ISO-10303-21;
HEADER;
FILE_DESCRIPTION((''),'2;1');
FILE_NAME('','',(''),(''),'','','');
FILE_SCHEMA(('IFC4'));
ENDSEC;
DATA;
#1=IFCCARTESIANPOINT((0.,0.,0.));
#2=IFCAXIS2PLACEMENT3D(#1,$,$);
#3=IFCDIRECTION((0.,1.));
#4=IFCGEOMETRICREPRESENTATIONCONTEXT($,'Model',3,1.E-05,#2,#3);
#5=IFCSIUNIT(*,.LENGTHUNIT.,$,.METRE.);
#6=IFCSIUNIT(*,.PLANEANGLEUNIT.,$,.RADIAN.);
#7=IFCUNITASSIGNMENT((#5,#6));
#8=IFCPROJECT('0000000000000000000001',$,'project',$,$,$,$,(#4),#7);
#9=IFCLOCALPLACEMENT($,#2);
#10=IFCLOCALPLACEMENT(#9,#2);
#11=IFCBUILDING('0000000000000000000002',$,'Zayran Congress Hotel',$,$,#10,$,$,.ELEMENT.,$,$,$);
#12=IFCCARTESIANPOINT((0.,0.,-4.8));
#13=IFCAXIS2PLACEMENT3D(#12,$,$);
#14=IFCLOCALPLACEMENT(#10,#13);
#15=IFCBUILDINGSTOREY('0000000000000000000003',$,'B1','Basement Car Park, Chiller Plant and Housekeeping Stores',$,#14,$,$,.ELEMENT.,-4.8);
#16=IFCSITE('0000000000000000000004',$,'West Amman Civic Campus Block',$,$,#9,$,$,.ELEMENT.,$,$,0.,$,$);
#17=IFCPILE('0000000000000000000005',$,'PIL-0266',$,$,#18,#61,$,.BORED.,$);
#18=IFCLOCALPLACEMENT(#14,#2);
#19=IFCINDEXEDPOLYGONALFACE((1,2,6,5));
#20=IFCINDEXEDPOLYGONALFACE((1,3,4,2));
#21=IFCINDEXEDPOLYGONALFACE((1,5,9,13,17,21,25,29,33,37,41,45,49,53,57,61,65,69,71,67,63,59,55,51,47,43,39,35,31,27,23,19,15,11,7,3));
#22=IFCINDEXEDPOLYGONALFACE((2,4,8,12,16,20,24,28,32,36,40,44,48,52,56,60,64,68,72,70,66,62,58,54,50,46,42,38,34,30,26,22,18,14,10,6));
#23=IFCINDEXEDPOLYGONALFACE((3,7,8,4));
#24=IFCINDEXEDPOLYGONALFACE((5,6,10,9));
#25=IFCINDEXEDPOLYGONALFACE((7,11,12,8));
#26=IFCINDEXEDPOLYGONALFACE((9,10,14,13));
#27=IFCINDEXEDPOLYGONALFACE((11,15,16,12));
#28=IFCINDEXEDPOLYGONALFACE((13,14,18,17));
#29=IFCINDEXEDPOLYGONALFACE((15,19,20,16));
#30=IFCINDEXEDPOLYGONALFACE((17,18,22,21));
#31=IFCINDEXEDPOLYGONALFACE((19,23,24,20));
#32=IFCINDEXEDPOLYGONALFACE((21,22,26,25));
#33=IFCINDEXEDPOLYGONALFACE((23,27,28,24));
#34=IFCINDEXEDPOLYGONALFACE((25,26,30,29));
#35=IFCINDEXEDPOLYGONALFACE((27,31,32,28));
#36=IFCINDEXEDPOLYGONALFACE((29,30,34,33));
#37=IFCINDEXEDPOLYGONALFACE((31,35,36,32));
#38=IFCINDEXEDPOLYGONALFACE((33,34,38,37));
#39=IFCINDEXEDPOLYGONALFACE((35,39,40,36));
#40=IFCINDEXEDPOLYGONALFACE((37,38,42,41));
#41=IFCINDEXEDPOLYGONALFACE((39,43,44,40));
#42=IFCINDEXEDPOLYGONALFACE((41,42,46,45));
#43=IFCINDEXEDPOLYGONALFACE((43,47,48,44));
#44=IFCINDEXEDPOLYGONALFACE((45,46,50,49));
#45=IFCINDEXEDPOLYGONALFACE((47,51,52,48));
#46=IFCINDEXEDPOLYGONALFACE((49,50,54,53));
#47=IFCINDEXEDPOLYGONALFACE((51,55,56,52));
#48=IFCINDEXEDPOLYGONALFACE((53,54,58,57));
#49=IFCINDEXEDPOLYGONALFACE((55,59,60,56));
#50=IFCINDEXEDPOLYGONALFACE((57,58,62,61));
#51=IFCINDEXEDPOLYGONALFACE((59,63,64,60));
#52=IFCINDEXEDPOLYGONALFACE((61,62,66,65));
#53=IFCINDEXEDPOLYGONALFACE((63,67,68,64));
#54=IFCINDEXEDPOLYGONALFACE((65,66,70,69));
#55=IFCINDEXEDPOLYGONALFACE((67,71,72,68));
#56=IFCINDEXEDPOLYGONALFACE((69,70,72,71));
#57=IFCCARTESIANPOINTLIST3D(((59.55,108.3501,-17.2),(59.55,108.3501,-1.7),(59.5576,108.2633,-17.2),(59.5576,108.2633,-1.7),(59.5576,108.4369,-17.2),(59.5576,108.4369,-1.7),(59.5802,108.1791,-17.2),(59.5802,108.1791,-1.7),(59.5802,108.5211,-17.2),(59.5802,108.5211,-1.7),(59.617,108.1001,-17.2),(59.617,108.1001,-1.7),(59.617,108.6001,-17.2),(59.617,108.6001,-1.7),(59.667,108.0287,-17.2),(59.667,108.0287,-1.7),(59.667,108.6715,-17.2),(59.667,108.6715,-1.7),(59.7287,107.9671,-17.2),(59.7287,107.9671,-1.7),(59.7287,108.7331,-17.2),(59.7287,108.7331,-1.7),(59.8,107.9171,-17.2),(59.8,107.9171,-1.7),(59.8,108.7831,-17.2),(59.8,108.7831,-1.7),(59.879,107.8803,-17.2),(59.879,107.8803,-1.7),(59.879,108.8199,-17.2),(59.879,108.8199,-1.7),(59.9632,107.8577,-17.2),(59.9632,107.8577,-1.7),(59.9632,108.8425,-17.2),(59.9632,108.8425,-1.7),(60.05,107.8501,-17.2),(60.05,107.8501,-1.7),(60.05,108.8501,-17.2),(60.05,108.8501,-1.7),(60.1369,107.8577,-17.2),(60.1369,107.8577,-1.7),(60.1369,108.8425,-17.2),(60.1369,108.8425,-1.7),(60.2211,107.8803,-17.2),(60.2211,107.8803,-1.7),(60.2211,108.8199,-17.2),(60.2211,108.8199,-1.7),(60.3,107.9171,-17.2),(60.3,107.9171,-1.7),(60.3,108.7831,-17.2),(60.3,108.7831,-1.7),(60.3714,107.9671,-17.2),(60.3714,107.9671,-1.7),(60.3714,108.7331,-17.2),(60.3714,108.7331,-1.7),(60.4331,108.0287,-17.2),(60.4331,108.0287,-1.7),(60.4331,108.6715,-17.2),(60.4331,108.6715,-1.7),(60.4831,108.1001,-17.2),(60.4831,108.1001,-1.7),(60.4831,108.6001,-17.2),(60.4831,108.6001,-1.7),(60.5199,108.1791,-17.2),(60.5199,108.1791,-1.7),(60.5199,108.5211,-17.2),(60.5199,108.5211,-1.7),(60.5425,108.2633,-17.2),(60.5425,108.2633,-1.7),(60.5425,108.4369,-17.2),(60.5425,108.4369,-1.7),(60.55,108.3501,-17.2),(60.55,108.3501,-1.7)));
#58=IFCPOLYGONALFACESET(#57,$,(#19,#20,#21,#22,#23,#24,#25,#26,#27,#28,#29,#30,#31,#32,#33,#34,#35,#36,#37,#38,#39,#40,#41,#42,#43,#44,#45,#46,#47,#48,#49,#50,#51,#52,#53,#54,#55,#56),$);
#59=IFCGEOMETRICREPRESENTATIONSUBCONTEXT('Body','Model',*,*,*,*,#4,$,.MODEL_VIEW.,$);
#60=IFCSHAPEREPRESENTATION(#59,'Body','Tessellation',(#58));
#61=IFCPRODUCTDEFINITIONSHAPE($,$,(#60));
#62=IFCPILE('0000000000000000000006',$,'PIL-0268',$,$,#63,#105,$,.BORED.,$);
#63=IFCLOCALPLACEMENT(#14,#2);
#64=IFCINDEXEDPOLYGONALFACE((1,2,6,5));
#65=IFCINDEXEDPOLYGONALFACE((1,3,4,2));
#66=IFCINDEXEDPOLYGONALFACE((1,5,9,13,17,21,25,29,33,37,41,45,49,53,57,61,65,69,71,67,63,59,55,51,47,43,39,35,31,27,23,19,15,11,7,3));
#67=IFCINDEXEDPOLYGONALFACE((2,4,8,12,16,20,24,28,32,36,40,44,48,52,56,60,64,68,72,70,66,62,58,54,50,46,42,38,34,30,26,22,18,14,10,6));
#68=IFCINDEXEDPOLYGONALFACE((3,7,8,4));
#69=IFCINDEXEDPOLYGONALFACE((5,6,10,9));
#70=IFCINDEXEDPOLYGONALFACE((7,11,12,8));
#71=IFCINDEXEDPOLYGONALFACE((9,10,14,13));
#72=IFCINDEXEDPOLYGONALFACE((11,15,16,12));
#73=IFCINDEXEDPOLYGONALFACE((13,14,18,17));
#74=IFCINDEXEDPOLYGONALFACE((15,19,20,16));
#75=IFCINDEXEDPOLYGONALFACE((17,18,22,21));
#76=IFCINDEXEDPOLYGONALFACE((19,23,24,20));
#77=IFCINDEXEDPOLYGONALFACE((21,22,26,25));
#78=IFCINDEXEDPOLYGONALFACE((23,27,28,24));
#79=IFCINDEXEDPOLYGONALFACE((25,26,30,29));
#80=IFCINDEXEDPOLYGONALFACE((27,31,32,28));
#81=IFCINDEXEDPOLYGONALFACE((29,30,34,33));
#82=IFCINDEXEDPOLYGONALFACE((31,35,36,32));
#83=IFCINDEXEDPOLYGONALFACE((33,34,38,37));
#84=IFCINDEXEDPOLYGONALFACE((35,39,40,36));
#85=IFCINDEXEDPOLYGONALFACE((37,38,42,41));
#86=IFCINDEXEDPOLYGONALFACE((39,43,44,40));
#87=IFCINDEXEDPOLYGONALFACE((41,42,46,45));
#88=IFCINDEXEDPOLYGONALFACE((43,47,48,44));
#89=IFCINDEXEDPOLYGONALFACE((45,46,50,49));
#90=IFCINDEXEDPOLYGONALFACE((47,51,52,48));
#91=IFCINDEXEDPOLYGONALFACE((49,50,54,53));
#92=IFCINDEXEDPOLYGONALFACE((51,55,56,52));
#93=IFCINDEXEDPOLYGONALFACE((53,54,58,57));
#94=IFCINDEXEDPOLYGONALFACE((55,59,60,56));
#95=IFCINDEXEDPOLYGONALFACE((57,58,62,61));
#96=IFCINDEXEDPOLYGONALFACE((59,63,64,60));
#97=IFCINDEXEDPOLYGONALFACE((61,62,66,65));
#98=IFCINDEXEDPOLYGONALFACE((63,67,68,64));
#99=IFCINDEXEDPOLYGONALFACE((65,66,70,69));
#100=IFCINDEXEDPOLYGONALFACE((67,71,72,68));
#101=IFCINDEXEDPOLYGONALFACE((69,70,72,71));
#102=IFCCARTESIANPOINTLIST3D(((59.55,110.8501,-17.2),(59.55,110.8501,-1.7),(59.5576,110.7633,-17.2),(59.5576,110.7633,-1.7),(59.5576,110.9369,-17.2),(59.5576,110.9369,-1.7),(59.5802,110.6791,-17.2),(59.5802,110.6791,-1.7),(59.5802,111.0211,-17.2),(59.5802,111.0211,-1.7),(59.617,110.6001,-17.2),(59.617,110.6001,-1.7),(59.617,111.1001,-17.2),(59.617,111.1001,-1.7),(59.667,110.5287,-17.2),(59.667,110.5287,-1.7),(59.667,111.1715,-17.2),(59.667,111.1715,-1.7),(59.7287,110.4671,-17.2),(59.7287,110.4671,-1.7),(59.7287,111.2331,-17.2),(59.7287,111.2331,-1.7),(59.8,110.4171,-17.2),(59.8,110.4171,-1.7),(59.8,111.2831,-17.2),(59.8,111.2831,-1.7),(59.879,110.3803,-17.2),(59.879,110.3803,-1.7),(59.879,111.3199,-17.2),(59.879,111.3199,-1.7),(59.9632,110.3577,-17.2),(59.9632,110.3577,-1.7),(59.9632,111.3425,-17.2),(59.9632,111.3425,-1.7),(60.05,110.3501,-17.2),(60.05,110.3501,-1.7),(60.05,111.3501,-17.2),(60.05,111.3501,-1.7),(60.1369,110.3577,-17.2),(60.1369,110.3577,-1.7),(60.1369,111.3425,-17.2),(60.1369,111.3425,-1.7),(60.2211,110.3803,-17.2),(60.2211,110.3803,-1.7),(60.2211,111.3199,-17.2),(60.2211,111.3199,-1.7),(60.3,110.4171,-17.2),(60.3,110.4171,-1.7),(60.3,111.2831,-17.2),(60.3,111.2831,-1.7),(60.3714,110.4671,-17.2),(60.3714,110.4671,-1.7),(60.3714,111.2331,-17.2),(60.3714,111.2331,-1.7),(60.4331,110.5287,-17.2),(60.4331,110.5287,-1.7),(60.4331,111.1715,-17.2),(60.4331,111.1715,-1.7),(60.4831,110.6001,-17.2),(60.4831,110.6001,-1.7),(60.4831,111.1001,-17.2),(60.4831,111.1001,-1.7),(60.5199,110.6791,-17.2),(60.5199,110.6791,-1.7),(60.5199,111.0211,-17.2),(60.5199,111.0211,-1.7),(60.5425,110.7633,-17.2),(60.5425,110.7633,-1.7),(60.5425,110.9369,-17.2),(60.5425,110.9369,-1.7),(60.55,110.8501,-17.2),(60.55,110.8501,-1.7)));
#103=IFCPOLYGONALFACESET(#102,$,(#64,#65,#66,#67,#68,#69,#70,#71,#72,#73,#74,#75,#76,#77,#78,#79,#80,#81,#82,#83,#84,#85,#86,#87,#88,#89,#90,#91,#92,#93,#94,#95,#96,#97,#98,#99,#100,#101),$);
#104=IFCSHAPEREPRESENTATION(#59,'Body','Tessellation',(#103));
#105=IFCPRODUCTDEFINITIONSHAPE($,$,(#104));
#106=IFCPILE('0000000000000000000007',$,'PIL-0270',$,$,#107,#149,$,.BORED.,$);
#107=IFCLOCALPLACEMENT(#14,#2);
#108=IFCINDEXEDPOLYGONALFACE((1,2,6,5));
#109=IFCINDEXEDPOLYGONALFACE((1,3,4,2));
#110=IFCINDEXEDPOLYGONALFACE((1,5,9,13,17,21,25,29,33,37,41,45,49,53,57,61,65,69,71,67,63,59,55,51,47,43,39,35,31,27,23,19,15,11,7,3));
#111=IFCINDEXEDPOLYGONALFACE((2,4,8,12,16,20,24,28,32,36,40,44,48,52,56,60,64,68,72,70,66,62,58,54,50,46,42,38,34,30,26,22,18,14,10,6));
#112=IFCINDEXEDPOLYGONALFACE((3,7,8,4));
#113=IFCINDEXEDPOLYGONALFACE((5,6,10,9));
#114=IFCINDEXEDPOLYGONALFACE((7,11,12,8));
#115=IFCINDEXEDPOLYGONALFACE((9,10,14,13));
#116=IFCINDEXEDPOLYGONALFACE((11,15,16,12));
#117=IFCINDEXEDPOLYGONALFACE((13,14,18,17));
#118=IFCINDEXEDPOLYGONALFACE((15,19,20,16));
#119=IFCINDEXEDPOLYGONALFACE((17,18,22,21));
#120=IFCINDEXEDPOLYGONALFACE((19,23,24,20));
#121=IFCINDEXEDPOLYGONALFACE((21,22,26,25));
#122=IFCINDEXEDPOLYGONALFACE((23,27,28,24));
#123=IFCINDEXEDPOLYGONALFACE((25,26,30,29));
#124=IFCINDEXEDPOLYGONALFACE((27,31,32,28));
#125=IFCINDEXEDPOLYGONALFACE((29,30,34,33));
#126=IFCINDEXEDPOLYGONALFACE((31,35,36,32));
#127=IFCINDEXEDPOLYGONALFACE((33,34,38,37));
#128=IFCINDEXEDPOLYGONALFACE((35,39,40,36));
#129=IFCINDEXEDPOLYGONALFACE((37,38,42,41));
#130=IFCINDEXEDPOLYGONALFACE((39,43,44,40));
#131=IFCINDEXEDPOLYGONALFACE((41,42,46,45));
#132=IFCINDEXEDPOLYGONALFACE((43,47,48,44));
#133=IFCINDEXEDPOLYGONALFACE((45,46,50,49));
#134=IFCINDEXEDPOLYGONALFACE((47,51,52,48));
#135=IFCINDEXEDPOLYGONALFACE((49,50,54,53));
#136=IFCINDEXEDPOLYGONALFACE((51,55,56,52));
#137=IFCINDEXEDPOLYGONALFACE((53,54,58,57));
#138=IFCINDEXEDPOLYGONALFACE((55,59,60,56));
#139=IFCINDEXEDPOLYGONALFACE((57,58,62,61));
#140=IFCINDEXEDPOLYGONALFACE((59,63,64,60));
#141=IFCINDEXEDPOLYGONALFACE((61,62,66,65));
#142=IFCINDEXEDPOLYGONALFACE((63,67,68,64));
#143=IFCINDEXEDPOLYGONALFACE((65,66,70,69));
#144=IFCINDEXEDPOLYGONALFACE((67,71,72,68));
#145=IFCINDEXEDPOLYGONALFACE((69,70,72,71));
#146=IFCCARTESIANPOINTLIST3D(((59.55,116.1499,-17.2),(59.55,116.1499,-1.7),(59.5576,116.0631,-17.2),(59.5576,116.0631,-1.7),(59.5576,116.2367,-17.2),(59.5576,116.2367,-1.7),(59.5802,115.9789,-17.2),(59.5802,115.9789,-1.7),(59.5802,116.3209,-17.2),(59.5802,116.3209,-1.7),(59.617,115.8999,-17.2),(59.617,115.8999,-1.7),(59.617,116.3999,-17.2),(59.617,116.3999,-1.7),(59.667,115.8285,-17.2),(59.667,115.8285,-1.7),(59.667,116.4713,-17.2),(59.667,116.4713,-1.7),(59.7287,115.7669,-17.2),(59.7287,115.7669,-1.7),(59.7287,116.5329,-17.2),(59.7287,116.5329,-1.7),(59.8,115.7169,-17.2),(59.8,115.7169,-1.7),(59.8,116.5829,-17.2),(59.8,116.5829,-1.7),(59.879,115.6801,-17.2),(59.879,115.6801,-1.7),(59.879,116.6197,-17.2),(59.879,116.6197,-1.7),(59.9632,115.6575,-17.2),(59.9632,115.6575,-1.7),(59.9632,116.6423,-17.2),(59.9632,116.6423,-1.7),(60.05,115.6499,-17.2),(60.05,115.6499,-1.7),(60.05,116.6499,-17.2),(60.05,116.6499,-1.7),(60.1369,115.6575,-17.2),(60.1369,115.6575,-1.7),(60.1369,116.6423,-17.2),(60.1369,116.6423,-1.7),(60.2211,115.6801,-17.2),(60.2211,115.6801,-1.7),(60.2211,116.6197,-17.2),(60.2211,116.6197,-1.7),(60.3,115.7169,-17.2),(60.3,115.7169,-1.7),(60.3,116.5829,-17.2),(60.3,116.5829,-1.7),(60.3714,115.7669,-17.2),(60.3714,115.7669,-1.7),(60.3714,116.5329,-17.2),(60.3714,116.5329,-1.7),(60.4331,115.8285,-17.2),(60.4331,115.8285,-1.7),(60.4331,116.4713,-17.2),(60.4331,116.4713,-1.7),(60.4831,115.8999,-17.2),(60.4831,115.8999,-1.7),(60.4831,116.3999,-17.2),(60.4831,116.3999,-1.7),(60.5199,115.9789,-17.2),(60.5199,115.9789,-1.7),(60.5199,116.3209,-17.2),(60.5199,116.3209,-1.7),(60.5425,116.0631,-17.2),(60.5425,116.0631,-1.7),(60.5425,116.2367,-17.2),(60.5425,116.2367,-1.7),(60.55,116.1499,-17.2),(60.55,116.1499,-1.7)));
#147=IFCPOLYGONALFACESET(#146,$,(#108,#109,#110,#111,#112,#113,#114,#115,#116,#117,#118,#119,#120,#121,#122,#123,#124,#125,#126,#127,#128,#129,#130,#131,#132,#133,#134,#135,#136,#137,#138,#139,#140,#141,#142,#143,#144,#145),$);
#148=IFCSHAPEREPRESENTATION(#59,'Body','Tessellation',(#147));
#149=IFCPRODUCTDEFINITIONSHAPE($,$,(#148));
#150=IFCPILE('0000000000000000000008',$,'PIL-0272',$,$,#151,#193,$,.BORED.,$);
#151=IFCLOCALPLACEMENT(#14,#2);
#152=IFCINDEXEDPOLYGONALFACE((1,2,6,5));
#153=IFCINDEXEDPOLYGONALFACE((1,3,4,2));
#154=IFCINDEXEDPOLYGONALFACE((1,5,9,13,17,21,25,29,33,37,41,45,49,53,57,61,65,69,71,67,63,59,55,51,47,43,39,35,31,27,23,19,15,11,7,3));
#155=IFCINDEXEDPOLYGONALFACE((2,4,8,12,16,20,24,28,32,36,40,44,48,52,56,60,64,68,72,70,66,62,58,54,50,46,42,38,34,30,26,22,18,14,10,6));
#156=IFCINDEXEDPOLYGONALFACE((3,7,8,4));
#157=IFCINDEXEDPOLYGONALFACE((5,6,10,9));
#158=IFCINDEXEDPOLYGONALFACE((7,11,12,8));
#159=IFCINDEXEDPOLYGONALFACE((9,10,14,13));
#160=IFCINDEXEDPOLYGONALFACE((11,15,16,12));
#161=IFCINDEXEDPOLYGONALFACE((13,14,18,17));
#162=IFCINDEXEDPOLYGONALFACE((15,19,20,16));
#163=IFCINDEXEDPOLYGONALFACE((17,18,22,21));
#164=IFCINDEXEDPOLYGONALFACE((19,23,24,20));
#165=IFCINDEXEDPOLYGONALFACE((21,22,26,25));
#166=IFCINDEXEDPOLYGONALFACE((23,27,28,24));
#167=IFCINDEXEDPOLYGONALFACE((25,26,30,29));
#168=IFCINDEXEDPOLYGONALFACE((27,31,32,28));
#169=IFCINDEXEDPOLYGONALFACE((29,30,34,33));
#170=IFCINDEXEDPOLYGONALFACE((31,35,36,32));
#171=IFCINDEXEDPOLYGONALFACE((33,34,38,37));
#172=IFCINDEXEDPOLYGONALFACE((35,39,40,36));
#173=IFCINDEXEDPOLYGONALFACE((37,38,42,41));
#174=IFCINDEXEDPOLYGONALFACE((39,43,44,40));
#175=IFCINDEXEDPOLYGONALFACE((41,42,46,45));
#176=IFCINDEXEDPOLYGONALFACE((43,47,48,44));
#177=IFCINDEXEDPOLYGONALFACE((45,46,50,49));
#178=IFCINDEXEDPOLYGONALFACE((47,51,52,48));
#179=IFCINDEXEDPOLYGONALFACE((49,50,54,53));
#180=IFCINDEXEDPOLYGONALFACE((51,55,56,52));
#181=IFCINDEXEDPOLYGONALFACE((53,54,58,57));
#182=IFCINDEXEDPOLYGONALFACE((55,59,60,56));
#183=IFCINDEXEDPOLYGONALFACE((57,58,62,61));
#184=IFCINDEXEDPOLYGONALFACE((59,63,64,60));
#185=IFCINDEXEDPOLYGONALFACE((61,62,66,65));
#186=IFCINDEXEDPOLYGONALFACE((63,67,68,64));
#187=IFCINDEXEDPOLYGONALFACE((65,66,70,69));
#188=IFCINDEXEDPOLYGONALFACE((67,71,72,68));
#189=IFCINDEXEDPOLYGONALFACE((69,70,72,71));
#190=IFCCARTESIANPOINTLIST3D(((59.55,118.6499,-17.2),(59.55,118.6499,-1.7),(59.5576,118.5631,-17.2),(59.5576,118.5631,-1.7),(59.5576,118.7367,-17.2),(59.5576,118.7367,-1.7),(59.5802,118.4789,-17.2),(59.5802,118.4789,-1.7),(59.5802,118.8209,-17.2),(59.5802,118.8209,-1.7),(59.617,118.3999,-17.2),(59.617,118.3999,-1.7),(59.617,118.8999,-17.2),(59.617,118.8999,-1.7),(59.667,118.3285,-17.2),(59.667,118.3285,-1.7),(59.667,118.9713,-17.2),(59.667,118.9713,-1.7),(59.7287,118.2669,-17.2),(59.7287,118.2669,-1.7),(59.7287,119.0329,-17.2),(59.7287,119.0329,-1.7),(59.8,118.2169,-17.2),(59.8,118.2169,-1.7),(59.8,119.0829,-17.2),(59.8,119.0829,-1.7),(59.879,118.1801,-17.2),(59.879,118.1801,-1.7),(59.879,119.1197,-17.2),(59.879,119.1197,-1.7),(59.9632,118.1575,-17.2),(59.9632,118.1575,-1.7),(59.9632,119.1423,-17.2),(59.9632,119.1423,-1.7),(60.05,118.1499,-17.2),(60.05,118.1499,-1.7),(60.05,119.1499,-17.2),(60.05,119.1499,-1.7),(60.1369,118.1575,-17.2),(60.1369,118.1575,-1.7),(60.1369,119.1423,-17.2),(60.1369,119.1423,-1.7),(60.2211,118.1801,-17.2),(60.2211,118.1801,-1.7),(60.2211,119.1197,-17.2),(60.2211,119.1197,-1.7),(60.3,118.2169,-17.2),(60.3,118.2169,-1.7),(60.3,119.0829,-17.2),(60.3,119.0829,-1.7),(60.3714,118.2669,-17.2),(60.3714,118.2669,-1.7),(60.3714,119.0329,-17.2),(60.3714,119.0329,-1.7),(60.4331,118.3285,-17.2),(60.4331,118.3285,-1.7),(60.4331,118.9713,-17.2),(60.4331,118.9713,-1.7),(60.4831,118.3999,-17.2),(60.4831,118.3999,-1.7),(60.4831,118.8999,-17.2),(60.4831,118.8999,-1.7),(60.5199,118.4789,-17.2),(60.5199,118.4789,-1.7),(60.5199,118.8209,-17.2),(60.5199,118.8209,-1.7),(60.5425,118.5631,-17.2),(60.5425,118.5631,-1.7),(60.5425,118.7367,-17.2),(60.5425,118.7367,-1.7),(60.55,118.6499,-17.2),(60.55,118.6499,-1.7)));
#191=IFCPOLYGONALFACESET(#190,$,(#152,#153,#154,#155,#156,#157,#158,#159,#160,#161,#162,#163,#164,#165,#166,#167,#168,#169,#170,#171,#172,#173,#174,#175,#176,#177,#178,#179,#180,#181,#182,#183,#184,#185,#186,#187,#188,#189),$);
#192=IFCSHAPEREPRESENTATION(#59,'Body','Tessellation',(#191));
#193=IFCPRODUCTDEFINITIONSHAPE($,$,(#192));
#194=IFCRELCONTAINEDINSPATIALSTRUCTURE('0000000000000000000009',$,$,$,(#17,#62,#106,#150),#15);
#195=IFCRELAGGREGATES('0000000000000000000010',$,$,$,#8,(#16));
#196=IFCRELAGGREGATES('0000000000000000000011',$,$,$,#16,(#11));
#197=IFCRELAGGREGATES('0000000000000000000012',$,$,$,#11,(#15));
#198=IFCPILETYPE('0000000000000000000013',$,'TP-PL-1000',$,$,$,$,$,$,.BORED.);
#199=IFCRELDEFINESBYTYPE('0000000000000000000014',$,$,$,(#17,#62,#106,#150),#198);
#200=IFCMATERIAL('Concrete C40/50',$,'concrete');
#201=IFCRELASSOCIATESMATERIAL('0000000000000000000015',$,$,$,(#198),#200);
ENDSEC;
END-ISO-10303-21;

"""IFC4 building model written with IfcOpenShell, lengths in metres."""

from ifc_helpers import new_model, si_unit, direction, frame, origin, origin_2d, place, context, subcontext, project, spatial, circle, extrude, material, material_profile, profile_set, type_object, element, save


model = new_model("IFC4")

# Units and contexts
model_context = context("Model", 3, precision=1e-05, world=origin(), true_north=direction((0.0, 1.0)))
body_context = subcontext(model_context, "Body", "Model", "MODEL_VIEW")
ifc_project = project(units=[si_unit("LENGTHUNIT", "METRE"), si_unit("PLANEANGLEUNIT", "RADIAN")], contexts=[model_context])

# Site, building, storey
site_placement = place(None, origin())
site = spatial("IfcSite", under=ifc_project, at=site_placement, Name="West Amman Civic Campus Block", CompositionType="ELEMENT", RefElevation=0.0)
building_placement = place(site_placement, origin())
building = spatial("IfcBuilding", under=site, at=building_placement, Name="Zayran Congress Hotel", CompositionType="ELEMENT")
storey_placement = place(building_placement, frame((0.0, 0.0, -4.8)))
storey = spatial("IfcBuildingStorey", under=building, at=storey_placement, Name="B1", Description="Basement Car Park, Chiller Plant and Housekeeping Stores", CompositionType="ELEMENT", Elevation=-4.8)

# Piles
ifc_material = material(Name="Concrete C40/50", Category="concrete")
ifc_material_profile_1 = material_profile(ifc_material, circle(Radius=0.5, at=origin_2d()), Name="PILE D1000")
ifc_profile_set_1 = profile_set([ifc_material_profile_1], Name="Concrete C40/50")
pile_type = type_object("IfcPileType", Name="TP-PL-1000", PredefinedType="BORED", material=ifc_profile_set_1)
for number, where, z_axis, x_axis, name in (
    (1, (60.05, 108.3501, -1.7), (0.0, 0.0, -1.0), (1.0, 0.0, 0.0), "PIL-0266"),
    (2, (60.05, 110.8501, -1.7), (0.0, 0.0, -1.0), (1.0, 0.0, 0.0), "PIL-0268"),
    (3, (60.05, 116.1499, -1.7), (0.0, 0.0, -1.0), (1.0, 0.0, 0.0), "PIL-0270"),
    (4, (60.05, 118.6499, -1.7), (0.0, 0.0, -1.0), (1.0, 0.0, 0.0), "PIL-0272"),
):
    element("IfcPile", number, at=place(storey_placement, frame(where, z_axis=z_axis, x_axis=x_axis)), inside=storey, type_object=pile_type, Name=name, PredefinedType="BORED", context=body_context, shape_type="SweptSolid", body=[
        extrude(circle(Radius=0.5, at=origin_2d()), origin(), (0.0, 0.0, 1.0), 15.5),
    ])

save(model, "model.ifc")
